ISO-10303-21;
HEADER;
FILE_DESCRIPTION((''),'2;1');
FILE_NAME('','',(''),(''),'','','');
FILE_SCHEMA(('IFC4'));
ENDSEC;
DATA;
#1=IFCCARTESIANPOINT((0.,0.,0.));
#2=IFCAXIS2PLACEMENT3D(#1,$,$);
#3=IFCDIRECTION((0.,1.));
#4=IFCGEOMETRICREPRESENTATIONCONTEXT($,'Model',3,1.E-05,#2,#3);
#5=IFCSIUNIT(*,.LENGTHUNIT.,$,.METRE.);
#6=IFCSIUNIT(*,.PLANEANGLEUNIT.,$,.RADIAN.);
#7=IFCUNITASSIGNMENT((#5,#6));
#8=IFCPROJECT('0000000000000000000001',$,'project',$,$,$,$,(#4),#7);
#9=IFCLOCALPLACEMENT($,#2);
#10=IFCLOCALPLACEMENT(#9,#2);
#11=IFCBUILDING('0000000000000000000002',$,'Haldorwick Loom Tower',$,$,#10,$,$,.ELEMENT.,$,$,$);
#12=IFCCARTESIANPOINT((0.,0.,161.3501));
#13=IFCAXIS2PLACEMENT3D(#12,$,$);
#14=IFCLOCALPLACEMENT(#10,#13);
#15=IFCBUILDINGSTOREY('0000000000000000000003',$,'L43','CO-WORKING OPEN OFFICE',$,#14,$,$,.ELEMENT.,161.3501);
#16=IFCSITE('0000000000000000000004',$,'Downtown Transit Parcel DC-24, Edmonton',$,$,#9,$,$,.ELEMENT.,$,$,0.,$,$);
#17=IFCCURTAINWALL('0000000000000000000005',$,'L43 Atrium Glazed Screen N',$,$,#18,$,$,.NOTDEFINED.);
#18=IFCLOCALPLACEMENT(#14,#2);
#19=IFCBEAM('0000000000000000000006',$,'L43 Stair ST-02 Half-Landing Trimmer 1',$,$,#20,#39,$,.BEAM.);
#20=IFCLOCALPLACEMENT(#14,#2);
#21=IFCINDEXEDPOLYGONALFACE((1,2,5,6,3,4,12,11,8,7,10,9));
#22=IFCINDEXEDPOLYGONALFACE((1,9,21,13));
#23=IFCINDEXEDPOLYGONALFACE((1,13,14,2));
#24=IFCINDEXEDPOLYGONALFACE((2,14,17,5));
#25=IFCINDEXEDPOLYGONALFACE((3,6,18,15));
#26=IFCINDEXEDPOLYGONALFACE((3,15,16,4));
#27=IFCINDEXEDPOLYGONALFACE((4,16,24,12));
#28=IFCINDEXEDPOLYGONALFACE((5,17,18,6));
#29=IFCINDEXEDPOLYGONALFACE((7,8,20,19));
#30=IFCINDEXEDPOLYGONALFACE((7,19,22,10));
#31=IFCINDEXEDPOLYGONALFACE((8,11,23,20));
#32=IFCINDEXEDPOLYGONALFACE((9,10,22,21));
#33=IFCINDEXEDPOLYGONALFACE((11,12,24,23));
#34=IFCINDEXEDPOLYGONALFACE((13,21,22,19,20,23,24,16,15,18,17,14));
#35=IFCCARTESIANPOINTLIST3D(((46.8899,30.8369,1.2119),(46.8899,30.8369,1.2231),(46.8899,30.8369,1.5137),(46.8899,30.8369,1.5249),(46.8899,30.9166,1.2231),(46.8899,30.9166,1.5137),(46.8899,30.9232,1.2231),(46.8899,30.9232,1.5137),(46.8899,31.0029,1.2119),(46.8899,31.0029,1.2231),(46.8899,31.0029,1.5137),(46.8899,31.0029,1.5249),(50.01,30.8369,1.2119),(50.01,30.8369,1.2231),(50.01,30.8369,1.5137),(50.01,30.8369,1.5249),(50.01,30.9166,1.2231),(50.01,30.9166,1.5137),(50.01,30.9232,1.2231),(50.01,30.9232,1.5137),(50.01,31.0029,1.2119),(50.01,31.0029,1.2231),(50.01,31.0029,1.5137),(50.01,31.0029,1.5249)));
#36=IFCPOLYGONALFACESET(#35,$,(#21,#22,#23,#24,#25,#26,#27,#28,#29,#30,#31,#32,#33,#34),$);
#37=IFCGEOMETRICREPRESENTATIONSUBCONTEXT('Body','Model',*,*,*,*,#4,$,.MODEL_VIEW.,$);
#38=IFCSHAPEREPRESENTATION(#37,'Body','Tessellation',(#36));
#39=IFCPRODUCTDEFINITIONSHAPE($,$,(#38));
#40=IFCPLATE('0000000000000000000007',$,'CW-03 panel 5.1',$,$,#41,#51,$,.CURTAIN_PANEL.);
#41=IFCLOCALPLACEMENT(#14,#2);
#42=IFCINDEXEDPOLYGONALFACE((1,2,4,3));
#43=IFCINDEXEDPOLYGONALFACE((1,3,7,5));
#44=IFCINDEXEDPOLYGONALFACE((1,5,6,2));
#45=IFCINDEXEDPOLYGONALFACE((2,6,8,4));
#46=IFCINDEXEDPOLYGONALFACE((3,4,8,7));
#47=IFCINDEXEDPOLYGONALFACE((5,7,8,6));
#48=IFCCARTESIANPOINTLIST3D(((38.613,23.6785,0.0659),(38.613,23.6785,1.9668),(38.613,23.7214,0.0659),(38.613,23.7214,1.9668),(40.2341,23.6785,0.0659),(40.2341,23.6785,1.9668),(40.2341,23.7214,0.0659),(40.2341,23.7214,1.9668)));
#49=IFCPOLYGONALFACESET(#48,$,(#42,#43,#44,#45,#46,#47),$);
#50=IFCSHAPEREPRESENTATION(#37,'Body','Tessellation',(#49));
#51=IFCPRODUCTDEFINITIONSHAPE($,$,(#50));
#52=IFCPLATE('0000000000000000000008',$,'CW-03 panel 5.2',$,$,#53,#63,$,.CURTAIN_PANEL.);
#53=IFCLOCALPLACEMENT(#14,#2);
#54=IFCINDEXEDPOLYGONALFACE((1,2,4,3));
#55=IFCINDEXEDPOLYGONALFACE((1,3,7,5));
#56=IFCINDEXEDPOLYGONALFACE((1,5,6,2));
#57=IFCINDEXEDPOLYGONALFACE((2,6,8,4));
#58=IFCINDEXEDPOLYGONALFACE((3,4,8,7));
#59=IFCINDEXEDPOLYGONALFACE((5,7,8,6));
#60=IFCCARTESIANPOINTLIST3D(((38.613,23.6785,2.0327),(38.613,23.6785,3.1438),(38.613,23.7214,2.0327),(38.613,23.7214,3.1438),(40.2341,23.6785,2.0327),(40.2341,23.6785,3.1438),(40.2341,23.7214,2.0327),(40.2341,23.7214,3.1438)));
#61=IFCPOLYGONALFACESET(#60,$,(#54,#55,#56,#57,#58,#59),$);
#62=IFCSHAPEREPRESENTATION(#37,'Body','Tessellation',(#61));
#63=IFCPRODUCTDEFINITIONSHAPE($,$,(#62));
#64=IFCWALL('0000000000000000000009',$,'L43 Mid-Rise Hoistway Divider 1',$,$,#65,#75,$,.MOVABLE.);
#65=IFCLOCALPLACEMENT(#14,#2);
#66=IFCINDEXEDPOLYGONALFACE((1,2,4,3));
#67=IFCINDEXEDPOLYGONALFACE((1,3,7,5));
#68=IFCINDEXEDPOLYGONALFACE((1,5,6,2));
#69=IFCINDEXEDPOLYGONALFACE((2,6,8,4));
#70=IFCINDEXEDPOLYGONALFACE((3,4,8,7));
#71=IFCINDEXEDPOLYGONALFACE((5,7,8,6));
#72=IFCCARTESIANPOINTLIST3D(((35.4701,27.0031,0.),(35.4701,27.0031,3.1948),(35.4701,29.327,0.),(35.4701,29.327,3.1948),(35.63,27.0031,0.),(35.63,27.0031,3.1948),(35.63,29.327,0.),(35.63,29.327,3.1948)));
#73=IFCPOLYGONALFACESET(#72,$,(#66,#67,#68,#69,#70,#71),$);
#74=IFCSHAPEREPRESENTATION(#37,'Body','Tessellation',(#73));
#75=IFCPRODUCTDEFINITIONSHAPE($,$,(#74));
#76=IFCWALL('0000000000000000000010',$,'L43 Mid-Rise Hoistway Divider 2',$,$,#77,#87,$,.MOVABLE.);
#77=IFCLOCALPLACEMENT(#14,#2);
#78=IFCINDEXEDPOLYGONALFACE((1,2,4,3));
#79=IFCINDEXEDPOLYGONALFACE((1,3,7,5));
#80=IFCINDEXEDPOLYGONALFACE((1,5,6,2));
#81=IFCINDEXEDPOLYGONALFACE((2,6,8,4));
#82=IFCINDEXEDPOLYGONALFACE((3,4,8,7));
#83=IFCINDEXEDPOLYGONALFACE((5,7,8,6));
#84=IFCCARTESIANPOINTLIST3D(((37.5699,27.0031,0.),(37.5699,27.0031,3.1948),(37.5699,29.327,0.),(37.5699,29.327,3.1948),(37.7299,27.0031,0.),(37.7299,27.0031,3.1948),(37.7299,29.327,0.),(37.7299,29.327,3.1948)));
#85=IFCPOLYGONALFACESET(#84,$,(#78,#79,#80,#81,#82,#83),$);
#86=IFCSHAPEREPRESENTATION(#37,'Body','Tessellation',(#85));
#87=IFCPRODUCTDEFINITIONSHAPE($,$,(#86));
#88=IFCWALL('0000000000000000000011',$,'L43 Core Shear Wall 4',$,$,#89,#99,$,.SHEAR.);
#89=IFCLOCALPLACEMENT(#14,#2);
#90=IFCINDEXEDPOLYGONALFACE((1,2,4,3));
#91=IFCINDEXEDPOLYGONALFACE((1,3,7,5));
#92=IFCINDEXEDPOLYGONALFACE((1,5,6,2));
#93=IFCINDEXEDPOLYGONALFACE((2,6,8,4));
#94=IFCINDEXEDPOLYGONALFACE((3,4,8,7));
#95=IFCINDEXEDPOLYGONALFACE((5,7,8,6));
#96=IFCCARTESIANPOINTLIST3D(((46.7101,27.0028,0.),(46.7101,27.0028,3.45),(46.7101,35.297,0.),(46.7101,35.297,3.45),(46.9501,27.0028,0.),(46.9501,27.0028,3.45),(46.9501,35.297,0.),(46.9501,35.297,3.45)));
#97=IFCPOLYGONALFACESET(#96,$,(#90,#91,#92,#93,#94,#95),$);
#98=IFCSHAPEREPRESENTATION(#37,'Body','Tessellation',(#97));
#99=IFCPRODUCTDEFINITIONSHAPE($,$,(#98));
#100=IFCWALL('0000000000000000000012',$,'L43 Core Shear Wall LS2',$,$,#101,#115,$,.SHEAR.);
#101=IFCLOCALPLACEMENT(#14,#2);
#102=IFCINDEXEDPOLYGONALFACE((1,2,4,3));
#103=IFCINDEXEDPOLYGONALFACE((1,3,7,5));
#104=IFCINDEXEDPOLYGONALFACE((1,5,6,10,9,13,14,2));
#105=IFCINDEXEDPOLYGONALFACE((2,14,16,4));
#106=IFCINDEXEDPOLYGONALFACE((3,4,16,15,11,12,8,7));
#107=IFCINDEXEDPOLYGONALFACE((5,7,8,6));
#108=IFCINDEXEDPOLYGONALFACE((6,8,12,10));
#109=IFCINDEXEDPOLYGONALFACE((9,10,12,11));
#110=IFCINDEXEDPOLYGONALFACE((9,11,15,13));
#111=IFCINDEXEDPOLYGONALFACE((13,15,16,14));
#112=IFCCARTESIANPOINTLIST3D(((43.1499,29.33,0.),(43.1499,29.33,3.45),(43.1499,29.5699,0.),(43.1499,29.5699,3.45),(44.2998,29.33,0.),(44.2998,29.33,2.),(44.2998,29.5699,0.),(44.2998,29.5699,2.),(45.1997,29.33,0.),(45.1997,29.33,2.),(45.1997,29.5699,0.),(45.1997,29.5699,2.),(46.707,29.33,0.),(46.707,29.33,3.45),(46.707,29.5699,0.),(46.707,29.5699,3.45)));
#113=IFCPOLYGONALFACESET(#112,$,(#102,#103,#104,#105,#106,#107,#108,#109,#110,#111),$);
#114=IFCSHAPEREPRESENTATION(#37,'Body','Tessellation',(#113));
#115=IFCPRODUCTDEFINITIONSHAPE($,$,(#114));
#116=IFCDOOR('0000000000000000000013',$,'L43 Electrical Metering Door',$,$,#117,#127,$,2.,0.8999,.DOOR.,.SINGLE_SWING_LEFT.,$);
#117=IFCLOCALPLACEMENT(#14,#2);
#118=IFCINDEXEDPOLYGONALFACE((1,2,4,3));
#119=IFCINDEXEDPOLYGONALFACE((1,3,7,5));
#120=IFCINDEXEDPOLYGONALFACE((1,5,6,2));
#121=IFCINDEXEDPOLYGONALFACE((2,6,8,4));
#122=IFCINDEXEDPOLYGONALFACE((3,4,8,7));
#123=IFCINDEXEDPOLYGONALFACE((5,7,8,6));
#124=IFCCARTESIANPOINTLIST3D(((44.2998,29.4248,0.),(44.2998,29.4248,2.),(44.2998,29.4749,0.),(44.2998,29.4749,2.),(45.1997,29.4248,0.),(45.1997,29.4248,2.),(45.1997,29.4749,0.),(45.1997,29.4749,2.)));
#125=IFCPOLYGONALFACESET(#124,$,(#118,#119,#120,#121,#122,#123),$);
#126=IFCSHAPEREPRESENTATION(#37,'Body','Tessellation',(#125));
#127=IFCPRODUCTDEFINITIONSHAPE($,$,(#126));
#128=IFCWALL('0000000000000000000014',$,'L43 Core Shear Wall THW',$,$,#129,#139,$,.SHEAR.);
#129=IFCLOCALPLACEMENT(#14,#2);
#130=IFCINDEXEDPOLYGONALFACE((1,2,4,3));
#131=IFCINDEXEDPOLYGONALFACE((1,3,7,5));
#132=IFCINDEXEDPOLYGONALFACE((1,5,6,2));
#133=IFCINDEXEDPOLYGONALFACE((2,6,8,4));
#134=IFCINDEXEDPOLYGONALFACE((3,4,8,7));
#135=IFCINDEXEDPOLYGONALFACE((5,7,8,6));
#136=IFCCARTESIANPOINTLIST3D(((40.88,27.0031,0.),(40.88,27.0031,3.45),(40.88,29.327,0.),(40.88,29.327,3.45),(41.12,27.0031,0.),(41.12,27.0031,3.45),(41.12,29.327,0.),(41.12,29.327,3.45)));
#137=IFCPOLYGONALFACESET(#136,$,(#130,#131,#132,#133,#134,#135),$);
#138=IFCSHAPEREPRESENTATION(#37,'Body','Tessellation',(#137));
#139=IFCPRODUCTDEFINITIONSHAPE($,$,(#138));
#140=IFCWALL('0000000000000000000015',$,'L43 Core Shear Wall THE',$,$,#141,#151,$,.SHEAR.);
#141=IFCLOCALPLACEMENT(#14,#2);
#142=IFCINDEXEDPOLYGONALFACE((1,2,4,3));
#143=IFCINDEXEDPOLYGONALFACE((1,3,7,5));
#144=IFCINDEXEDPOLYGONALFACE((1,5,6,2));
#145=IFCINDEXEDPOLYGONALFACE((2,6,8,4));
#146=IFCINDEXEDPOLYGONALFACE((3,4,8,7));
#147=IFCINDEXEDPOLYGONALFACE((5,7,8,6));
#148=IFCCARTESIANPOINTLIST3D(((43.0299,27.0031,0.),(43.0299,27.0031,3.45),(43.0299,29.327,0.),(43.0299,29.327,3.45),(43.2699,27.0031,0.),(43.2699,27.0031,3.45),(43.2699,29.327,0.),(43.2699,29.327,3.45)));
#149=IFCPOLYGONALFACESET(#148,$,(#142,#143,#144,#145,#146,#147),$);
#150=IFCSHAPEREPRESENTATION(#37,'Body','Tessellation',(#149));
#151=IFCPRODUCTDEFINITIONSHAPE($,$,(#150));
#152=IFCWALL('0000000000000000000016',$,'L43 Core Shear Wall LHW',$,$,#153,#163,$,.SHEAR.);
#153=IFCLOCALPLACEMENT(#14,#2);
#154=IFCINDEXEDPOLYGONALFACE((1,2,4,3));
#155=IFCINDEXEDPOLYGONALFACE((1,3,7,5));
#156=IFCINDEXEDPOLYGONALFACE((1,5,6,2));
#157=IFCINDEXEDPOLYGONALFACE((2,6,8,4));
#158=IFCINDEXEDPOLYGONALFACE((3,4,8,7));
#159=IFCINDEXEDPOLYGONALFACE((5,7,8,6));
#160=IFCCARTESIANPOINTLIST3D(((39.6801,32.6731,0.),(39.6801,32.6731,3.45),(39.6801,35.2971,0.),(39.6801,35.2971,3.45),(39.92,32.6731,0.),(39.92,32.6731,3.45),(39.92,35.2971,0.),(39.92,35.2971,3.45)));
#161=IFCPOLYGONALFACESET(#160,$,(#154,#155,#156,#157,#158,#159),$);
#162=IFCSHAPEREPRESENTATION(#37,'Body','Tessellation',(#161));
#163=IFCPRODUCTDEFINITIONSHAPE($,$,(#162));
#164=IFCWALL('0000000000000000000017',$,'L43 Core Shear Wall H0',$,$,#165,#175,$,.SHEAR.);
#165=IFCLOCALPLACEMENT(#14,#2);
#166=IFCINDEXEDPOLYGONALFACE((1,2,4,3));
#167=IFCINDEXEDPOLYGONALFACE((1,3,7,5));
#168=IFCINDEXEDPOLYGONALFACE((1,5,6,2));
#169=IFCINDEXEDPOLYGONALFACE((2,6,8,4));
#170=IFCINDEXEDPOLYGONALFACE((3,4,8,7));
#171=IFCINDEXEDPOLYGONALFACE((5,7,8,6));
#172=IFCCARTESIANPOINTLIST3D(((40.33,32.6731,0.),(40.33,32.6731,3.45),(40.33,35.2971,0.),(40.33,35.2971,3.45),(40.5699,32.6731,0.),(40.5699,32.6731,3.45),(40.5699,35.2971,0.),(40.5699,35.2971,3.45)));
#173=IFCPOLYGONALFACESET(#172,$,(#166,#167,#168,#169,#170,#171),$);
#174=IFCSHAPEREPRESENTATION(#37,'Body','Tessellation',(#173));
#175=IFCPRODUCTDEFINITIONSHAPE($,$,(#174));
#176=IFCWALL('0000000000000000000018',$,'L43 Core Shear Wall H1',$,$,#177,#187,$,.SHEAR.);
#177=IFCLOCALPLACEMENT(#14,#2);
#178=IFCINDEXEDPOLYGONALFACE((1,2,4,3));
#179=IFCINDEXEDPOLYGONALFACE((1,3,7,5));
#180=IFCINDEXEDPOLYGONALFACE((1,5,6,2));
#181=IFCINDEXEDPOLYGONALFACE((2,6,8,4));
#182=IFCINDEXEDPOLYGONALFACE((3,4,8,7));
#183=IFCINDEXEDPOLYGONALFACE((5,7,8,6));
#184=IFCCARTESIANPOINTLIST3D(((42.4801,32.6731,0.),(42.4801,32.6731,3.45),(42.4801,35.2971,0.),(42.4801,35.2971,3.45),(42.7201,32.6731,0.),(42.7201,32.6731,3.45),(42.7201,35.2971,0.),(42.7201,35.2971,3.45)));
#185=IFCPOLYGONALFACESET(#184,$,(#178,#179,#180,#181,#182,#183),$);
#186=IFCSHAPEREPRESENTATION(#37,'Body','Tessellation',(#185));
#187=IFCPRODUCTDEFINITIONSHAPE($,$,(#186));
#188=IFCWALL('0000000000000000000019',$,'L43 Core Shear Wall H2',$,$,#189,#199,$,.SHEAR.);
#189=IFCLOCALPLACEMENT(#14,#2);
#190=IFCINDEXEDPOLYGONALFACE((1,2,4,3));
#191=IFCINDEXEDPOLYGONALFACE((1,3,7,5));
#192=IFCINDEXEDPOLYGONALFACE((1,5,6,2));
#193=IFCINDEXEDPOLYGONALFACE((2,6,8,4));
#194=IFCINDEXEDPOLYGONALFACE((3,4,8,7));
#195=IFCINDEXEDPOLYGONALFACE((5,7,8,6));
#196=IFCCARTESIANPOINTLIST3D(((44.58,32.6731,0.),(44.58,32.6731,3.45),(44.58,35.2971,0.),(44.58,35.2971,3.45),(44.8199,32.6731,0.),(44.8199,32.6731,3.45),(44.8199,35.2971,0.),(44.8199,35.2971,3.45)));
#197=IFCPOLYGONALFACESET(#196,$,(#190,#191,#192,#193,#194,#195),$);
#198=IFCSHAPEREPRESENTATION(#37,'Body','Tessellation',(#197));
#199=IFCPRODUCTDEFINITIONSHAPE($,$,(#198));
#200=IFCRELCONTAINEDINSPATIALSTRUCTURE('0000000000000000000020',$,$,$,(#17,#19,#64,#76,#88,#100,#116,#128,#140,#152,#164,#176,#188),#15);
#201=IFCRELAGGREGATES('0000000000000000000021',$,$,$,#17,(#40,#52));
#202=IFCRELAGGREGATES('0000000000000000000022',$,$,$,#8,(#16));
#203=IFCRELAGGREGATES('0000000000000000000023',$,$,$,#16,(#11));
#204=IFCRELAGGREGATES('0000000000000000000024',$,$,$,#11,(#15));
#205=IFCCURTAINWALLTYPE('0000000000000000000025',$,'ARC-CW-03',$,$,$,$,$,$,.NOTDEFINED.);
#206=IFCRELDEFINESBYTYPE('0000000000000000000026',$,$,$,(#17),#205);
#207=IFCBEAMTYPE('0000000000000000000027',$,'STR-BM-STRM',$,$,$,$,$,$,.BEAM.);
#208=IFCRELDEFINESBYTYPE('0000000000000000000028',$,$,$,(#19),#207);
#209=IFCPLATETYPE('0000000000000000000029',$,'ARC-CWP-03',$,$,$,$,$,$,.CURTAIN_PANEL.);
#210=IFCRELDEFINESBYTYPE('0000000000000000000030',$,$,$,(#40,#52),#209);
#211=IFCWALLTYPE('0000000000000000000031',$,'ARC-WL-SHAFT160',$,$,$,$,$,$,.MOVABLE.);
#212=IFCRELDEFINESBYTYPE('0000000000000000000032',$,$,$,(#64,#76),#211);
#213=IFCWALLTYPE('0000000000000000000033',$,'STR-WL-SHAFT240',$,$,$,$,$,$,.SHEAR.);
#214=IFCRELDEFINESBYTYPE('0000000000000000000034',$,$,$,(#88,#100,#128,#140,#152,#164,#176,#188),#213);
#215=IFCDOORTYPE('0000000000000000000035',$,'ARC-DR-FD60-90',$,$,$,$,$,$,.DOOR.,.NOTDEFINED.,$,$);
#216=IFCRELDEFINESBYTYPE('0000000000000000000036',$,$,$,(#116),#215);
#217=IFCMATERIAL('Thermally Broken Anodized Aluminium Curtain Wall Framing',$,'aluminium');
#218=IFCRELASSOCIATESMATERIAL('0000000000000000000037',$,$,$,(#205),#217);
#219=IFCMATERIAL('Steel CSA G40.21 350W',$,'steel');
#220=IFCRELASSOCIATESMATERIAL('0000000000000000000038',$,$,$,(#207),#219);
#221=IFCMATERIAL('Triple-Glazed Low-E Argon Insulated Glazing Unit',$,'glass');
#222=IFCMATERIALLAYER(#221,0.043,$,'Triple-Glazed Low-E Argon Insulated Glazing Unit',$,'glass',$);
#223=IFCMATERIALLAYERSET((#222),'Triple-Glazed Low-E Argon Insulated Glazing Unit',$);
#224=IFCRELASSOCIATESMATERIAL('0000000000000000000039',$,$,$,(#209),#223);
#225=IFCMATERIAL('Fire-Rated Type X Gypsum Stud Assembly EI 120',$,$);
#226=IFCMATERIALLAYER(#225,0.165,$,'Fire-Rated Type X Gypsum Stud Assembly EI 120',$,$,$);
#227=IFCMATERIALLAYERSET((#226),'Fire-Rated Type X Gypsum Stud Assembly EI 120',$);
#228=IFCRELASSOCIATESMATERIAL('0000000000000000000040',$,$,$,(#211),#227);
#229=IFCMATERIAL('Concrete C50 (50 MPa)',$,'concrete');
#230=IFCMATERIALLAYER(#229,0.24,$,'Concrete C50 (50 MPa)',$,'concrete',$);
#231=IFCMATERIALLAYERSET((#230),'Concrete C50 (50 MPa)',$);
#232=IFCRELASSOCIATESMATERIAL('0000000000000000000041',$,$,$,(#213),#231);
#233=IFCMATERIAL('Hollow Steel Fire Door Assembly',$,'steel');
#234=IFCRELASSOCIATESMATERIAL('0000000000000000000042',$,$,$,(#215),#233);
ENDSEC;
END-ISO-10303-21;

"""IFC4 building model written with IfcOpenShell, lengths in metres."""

from ifc_helpers import new_model, si_unit, direction, frame, frame_2d, origin, origin_2d, place, context, subcontext, project, spatial, rectangle, i_section, extrude, material, layer, layer_set, material_profile, profile_set, type_object, element, fill, aggregate, save


model = new_model("IFC4")

# Units and contexts
model_context = context("Model", 3, precision=1e-05, world=origin(), true_north=direction((0.0, 1.0)))
body_context = subcontext(model_context, "Body", "Model", "MODEL_VIEW")
ifc_project = project(units=[si_unit("LENGTHUNIT", "METRE"), si_unit("PLANEANGLEUNIT", "RADIAN")], contexts=[model_context])

# Site, building, storey
site_placement = place(None, origin())
site = spatial("IfcSite", under=ifc_project, at=site_placement, Name="Downtown Transit Parcel DC-24, Edmonton", CompositionType="ELEMENT", RefElevation=0.0)
building_placement = place(site_placement, origin())
building = spatial("IfcBuilding", under=site, at=building_placement, Name="Haldorwick Loom Tower", CompositionType="ELEMENT")
storey_placement = place(building_placement, frame((0.0, 0.0, 161.3501)))
storey = spatial("IfcBuildingStorey", under=building, at=storey_placement, Name="L43", Description="CO-WORKING OPEN OFFICE", CompositionType="ELEMENT", Elevation=161.3501)

# Curtain wall
ifc_material_1 = material(Name="Thermally Broken Anodized Aluminium Curtain Wall Framing", Category="aluminium")
curtain_wall_type = type_object("IfcCurtainWallType", Name="ARC-CW-03", PredefinedType="NOTDEFINED", material=ifc_material_1)
curtain_wall_placement = place(storey_placement, origin())
curtain_wall = element("IfcCurtainWall", 1, at=curtain_wall_placement, inside=storey, type_object=curtain_wall_type, Name="L43 Atrium Glazed Screen N", PredefinedType="NOTDEFINED")

# Beam
ifc_material_2 = material(Name="Steel CSA G40.21 350W", Category="steel")
ifc_material_profile_1 = material_profile(ifc_material_2, i_section(OverallWidth=0.166, OverallDepth=0.313, WebThickness=0.0066, FlangeThickness=0.0112, at=origin_2d()), Name="W310X45", Category="steel")
ifc_profile_set_1 = profile_set([ifc_material_profile_1], Name="Steel CSA G40.21 350W")
beam_type_1 = type_object("IfcBeamType", Name="STR-BM-STRM", PredefinedType="BEAM", material=ifc_profile_set_1)
for number, where, z_axis, x_axis, name in (
    (2, (46.8899, 30.9199, 1.3684), (1.0, 0.0, 0.0), (0.0, 1.0, 0.0), "L43 Stair ST-02 Half-Landing Trimmer 1"),
):
    element("IfcBeam", number, at=place(storey_placement, frame(where, z_axis=z_axis, x_axis=x_axis)), inside=storey, type_object=beam_type_1, Name=name, PredefinedType="BEAM", context=body_context, shape_type="SweptSolid", body=[
        extrude(i_section(OverallWidth=0.166, OverallDepth=0.313, WebThickness=0.0066, FlangeThickness=0.0112, at=origin_2d()), origin(), (0.0, 0.0, 1.0), 3.1201),
    ])

# Plates
ifc_material_3 = material(Name="Triple-Glazed Low-E Argon Insulated Glazing Unit", Category="glass")
ifc_layer_1 = layer(ifc_material_3, 0.043, Name="Triple-Glazed Low-E Argon Insulated Glazing Unit", Category="glass")
ifc_layer_set_1 = layer_set([ifc_layer_1], Name="Triple-Glazed Low-E Argon Insulated Glazing Unit")
plate_type = type_object("IfcPlateType", Name="ARC-CWP-03", PredefinedType="CURTAIN_PANEL", material=ifc_layer_set_1)
plate_1_placement = place(storey_placement, frame((39.4236, 23.7, 0.0659), z_axis=(0.0, 0.0, 1.0), x_axis=(1.0, 0.0, 0.0)))
plate_1 = element("IfcPlate", 3, at=plate_1_placement, type_object=plate_type, Name="CW-03 panel 5.1", PredefinedType="CURTAIN_PANEL", context=body_context, shape_type="SweptSolid", body=[
    extrude(rectangle(XDim=1.6211, YDim=0.043, at=origin_2d()), origin(), (0.0, 0.0, 1.0), 1.9009),
])
plate_2_placement = place(storey_placement, frame((39.4236, 23.7, 2.0327), z_axis=(0.0, 0.0, 1.0), x_axis=(1.0, 0.0, 0.0)))
plate_2 = element("IfcPlate", 4, at=plate_2_placement, type_object=plate_type, Name="CW-03 panel 5.2", PredefinedType="CURTAIN_PANEL", context=body_context, shape_type="SweptSolid", body=[
    extrude(rectangle(XDim=1.6211, YDim=0.043, at=origin_2d()), origin(), (0.0, 0.0, 1.0), 1.1111),
])
aggregate(curtain_wall, [plate_1, plate_2])

# Walls
ifc_material_4 = material(Name="Fire-Rated Type X Gypsum Stud Assembly EI 120")
ifc_layer_2 = layer(ifc_material_4, 0.165, Name="Fire-Rated Type X Gypsum Stud Assembly EI 120")
ifc_layer_set_2 = layer_set([ifc_layer_2], Name="Fire-Rated Type X Gypsum Stud Assembly EI 120")
wall_type_1 = type_object("IfcWallType", Name="ARC-WL-SHAFT160", PredefinedType="MOVABLE", material=ifc_layer_set_2)
for number, where, z_axis, x_axis, name in (
    (5, (35.55, 27.0029, 0.0), (0.0, 0.0, 1.0), (0.0, 1.0, 0.0), "L43 Mid-Rise Hoistway Divider 1"),
    (6, (37.6499, 27.0029, 0.0), (0.0, 0.0, 1.0), (0.0, 1.0, 0.0), "L43 Mid-Rise Hoistway Divider 2"),
):
    element("IfcWall", number, at=place(storey_placement, frame(where, z_axis=z_axis, x_axis=x_axis)), inside=storey, type_object=wall_type_1, Name=name, PredefinedType="MOVABLE", context=body_context, shape_type="SweptSolid", body=[
        extrude(rectangle(XDim=2.324, YDim=0.1599, at=frame_2d((1.1621, 0.0))), origin(), (0.0, 0.0, 1.0), 3.1948),
    ])
ifc_material_5 = material(Name="Concrete C50 (50 MPa)", Category="concrete")
ifc_layer_3 = layer(ifc_material_5, 0.24, Name="Concrete C50 (50 MPa)", Category="concrete")
ifc_layer_set_3 = layer_set([ifc_layer_3], Name="Concrete C50 (50 MPa)")
wall_type_2 = type_object("IfcWallType", Name="STR-WL-SHAFT240", PredefinedType="SHEAR", material=ifc_layer_set_3)
wall_1_placement = place(storey_placement, frame((46.8301, 27.0029, 0.0), z_axis=(0.0, 0.0, 1.0), x_axis=(0.0, 1.0, 0.0)))
element("IfcWall", 7, at=wall_1_placement, inside=storey, type_object=wall_type_2, Name="L43 Core Shear Wall 4", PredefinedType="SHEAR", context=body_context, shape_type="SweptSolid", body=[
    extrude(rectangle(XDim=8.2942, YDim=0.24, at=frame_2d((4.147, 0.0))), origin(), (0.0, 0.0, 1.0), 3.45),
])

# Wall, opening, door
wall_2_placement = place(storey_placement, frame((43.1499, 29.45, 0.0), z_axis=(0.0, 0.0, 1.0), x_axis=(1.0, 0.0, 0.0)))
wall_2 = element("IfcWall", 8, at=wall_2_placement, inside=storey, type_object=wall_type_2, Name="L43 Core Shear Wall LS2", PredefinedType="SHEAR", context=body_context, shape_type="SweptSolid", body=[
    extrude(rectangle(XDim=3.5571, YDim=0.24, at=frame_2d((1.7786, 0.0))), origin(), (0.0, 0.0, 1.0), 3.45),
])
opening_placement = place(wall_2_placement, frame((1.1499, 0.0, 0.0)))
opening = element("IfcOpeningElement", 9, at=opening_placement, cuts=wall_2, PredefinedType="OPENING", context=body_context, shape_type="SweptSolid", body=[
    extrude(rectangle(XDim=0.8999, YDim=2.0, at=frame_2d((0.45, 1.0))), frame((0.0, 0.1299, 0.0), z_axis=(0.0, -1.0, 0.0), x_axis=(1.0, 0.0, 0.0)), (0.0, 0.0, 1.0), 0.26),
])
ifc_material_6 = material(Name="Hollow Steel Fire Door Assembly", Category="steel")
door_type = type_object("IfcDoorType", Name="ARC-DR-FD60-90", OperationType="NOTDEFINED", PredefinedType="DOOR", material=ifc_material_6)
door_placement = place(opening_placement, origin())
door = element("IfcDoor", 10, at=door_placement, inside=storey, type_object=door_type, Name="L43 Electrical Metering Door", OperationType="SINGLE_SWING_LEFT", OverallHeight=2.0, OverallWidth=0.8999, PredefinedType="DOOR", context=body_context, shape_type="SweptSolid", body=[
    extrude(rectangle(XDim=0.8999, YDim=2.0, at=frame_2d((0.45, 1.0))), frame((0.0, 0.0249, 0.0), z_axis=(0.0, -1.0, 0.0), x_axis=(1.0, 0.0, 0.0)), (0.0, 0.0, 1.0), 0.05),
])
fill(opening, door)

# Walls
for number, where, z_axis, x_axis, name in (
    (11, (41.0, 27.0029, 0.0), (0.0, 0.0, 1.0), (0.0, 1.0, 0.0), "L43 Core Shear Wall THW"),
    (12, (43.1499, 27.0029, 0.0), (0.0, 0.0, 1.0), (0.0, 1.0, 0.0), "L43 Core Shear Wall THE"),
):
    element("IfcWall", number, at=place(storey_placement, frame(where, z_axis=z_axis, x_axis=x_axis)), inside=storey, type_object=wall_type_2, Name=name, PredefinedType="SHEAR", context=body_context, shape_type="SweptSolid", body=[
        extrude(rectangle(XDim=2.324, YDim=0.24, at=frame_2d((1.1621, 0.0))), origin(), (0.0, 0.0, 1.0), 3.45),
    ])
for number, where, z_axis, x_axis, name in (
    (13, (39.8, 32.6731, 0.0), (0.0, 0.0, 1.0), (0.0, 1.0, 0.0), "L43 Core Shear Wall LHW"),
    (14, (40.45, 32.6731, 0.0), (0.0, 0.0, 1.0), (0.0, 1.0, 0.0), "L43 Core Shear Wall H0"),
    (15, (42.6001, 32.6731, 0.0), (0.0, 0.0, 1.0), (0.0, 1.0, 0.0), "L43 Core Shear Wall H1"),
    (16, (44.7, 32.6731, 0.0), (0.0, 0.0, 1.0), (0.0, 1.0, 0.0), "L43 Core Shear Wall H2"),
):
    element("IfcWall", number, at=place(storey_placement, frame(where, z_axis=z_axis, x_axis=x_axis)), inside=storey, type_object=wall_type_2, Name=name, PredefinedType="SHEAR", context=body_context, shape_type="SweptSolid", body=[
        extrude(rectangle(XDim=2.624, YDim=0.24, at=frame_2d((1.312, 0.0))), origin(), (0.0, 0.0, 1.0), 3.45),
    ])

save(model, "model.ifc")
